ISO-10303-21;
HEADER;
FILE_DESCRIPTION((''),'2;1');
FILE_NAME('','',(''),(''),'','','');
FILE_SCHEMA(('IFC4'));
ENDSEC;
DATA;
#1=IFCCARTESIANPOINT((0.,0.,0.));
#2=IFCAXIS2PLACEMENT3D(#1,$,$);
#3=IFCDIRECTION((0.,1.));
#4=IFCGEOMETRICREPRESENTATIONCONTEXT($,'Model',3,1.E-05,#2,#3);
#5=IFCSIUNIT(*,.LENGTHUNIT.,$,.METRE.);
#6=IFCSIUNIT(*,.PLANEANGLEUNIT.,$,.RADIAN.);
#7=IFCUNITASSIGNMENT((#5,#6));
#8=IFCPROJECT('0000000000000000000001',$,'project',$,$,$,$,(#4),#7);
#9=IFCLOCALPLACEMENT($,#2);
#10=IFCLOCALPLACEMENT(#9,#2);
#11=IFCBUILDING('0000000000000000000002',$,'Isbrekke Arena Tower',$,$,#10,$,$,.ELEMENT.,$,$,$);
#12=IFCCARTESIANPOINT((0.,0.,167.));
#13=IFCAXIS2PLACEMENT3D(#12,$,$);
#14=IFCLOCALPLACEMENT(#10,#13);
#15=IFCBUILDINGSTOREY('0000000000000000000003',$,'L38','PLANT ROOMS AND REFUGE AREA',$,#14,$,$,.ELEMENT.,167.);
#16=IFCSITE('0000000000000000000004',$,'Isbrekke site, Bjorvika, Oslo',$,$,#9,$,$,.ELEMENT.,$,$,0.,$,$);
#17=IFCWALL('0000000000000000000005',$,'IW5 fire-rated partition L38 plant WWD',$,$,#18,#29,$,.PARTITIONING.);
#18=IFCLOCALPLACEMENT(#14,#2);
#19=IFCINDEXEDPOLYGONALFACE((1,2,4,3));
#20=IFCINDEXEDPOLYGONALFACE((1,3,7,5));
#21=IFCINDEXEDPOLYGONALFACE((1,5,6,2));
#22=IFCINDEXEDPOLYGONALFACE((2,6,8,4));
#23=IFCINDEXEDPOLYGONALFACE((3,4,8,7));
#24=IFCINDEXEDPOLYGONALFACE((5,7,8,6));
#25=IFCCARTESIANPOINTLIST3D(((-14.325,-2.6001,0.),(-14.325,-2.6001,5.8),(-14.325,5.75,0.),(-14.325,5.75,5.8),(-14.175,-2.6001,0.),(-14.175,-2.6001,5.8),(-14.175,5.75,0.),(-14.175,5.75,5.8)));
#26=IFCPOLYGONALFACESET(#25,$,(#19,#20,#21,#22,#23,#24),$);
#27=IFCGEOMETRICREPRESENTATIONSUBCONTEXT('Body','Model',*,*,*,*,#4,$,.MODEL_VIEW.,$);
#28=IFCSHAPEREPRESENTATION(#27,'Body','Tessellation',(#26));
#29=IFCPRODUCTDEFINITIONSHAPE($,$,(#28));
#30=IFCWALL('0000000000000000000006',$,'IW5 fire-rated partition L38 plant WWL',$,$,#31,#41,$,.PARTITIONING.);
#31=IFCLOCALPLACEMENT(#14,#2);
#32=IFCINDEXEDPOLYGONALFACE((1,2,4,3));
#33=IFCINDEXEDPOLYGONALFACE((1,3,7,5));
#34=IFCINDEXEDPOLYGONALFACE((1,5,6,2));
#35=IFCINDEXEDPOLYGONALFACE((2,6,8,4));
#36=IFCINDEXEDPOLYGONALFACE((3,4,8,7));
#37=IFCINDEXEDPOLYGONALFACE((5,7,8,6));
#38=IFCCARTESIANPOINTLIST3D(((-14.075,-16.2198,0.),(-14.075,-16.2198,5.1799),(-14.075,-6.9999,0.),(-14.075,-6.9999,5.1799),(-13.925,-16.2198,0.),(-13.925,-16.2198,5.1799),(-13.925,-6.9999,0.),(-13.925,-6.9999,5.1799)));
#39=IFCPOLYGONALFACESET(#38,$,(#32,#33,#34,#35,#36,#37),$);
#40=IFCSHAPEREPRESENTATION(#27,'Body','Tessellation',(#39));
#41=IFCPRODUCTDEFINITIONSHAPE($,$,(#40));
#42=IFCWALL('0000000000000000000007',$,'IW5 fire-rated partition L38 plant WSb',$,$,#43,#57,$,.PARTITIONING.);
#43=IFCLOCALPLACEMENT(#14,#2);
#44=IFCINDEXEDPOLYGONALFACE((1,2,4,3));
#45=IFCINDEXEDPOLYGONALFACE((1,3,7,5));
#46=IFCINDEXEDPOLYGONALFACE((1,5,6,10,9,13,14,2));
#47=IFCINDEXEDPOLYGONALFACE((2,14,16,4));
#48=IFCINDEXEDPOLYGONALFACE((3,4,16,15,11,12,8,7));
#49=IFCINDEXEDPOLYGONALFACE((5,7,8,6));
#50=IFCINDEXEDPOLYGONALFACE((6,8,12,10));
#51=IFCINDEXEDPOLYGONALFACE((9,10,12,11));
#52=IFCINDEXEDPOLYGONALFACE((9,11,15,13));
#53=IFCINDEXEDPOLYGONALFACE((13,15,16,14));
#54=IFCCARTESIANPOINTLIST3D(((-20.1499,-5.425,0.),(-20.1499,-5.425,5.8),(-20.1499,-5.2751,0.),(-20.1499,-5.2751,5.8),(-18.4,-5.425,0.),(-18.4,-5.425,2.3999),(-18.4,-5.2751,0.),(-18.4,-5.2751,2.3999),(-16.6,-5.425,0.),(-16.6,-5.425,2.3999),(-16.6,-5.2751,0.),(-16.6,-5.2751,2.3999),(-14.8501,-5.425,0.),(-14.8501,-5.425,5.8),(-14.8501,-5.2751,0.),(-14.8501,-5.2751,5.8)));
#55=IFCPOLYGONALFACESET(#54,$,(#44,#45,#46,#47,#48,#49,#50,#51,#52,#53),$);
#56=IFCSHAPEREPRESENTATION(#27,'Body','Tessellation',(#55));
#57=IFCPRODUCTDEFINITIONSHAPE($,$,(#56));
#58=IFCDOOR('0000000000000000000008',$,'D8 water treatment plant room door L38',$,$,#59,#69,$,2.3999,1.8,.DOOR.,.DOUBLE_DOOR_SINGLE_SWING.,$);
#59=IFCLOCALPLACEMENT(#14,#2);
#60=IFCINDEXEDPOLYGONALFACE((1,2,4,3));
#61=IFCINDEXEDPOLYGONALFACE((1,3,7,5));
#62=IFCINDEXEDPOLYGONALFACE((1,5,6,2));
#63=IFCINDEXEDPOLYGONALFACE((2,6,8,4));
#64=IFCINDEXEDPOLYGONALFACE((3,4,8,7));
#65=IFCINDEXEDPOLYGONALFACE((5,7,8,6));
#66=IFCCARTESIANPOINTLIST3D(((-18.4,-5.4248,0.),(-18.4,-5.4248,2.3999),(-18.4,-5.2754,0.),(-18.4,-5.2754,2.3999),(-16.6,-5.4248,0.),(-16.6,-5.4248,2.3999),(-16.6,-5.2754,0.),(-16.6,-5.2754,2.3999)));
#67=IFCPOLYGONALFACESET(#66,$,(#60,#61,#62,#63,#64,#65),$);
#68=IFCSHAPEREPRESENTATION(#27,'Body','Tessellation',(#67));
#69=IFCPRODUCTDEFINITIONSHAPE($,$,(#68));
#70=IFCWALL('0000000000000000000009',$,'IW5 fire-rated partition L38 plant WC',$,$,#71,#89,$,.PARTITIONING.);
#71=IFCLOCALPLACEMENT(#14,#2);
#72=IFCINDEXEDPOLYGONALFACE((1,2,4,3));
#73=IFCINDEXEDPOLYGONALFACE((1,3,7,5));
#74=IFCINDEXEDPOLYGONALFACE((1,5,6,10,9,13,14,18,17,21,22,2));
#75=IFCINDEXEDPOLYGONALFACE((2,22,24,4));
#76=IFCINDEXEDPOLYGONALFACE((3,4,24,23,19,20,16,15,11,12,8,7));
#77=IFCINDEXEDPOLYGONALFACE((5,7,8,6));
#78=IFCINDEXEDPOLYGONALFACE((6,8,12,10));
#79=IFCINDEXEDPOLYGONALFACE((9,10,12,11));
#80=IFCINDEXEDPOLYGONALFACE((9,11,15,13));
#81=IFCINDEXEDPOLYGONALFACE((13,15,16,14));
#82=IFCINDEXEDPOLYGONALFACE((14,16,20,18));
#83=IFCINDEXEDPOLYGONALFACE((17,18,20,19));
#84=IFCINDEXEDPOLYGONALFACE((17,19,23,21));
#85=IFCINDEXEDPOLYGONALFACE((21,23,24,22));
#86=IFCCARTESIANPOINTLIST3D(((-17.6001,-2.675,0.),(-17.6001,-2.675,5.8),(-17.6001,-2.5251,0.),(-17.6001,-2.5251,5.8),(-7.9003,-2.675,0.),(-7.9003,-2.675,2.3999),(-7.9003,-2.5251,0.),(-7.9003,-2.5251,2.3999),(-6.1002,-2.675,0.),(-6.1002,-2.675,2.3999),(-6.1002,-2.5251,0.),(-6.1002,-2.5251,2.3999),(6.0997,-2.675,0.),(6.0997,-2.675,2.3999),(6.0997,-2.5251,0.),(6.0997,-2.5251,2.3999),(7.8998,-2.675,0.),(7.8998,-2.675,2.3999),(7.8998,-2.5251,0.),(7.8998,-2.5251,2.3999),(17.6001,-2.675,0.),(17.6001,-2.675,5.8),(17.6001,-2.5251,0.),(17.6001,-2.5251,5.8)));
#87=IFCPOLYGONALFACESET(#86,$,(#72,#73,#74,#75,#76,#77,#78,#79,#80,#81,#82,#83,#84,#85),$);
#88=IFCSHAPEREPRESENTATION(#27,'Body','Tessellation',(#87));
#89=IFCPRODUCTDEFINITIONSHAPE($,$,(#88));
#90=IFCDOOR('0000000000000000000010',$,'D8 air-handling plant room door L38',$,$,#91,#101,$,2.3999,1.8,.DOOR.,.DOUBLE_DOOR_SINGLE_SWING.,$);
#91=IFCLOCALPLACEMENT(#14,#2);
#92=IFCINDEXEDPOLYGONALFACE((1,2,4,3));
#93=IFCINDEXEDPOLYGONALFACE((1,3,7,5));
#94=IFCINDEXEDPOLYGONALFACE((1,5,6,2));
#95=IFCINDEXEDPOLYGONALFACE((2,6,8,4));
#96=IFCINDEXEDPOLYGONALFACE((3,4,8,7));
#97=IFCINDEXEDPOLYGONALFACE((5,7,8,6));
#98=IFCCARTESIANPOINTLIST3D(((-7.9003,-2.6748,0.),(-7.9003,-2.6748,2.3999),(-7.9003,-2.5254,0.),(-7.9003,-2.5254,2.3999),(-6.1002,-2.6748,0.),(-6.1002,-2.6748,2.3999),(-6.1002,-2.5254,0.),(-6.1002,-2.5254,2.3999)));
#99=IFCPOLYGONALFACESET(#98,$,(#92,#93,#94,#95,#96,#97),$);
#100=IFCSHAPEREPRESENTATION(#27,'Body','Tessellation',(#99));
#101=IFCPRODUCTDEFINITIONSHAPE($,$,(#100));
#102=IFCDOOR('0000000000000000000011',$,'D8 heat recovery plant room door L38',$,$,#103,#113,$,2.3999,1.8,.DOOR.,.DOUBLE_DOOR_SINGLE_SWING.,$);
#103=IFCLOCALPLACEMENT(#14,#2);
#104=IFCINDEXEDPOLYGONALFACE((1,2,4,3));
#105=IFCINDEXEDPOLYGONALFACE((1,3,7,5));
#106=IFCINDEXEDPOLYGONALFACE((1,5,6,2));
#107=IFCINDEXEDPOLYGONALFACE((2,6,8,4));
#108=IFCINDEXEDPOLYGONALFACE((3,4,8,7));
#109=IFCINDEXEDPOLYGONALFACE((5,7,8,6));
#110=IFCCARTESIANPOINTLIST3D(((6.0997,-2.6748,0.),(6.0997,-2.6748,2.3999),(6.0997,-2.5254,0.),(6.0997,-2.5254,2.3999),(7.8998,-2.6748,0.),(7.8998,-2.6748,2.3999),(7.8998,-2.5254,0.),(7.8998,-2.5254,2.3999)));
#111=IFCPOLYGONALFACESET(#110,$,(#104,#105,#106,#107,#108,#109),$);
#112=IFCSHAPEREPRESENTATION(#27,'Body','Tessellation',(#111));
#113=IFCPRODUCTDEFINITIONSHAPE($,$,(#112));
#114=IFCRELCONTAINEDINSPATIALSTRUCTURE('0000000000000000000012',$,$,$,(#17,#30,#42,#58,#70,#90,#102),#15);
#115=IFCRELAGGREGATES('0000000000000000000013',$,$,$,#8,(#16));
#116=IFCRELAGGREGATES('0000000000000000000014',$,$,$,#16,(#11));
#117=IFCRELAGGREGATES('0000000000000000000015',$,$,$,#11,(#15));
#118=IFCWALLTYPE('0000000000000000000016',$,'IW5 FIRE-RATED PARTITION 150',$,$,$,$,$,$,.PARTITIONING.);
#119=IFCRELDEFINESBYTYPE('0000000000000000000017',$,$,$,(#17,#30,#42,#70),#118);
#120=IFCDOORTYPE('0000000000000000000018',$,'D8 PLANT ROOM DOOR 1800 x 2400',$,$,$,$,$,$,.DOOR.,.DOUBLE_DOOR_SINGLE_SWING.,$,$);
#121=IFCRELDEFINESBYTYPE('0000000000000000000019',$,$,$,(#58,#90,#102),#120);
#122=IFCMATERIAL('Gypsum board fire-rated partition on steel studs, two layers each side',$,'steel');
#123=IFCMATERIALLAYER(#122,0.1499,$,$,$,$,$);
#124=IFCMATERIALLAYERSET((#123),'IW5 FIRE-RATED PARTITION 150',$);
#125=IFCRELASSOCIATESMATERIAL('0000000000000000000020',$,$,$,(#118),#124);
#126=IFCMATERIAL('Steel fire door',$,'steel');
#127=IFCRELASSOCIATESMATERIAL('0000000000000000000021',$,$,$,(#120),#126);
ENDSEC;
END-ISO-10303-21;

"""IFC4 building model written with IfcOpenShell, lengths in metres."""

from ifc_helpers import new_model, si_unit, direction, frame, frame_2d, origin, place, context, subcontext, project, spatial, rectangle, extrude, material, layer, layer_set, type_object, element, fill, save


model = new_model("IFC4")

# Units and contexts
model_context = context("Model", 3, precision=1e-05, world=origin(), true_north=direction((0.0, 1.0)))
body_context = subcontext(model_context, "Body", "Model", "MODEL_VIEW")
ifc_project = project(units=[si_unit("LENGTHUNIT", "METRE"), si_unit("PLANEANGLEUNIT", "RADIAN")], contexts=[model_context])

# Site, building, storey
site_placement = place(None, origin())
site = spatial("IfcSite", under=ifc_project, at=site_placement, Name="Isbrekke site, Bjorvika, Oslo", CompositionType="ELEMENT", RefElevation=0.0)
building_placement = place(site_placement, origin())
building = spatial("IfcBuilding", under=site, at=building_placement, Name="Isbrekke Arena Tower", CompositionType="ELEMENT")
storey_placement = place(building_placement, frame((0.0, 0.0, 167.0)))
storey = spatial("IfcBuildingStorey", under=building, at=storey_placement, Name="L38", Description="PLANT ROOMS AND REFUGE AREA", CompositionType="ELEMENT", Elevation=167.0)

# Shared definitions
ifc_material_1 = material(Name="Gypsum board fire-rated partition on steel studs, two layers each side", Category="steel")
ifc_layer_1 = layer(ifc_material_1, 0.1499)
ifc_layer_set_1 = layer_set([ifc_layer_1], Name="IW5 FIRE-RATED PARTITION 150")
wall_type = type_object("IfcWallType", Name="IW5 FIRE-RATED PARTITION 150", PredefinedType="PARTITIONING", material=ifc_layer_set_1)
ifc_material_2 = material(Name="Steel fire door", Category="steel")
door_type = type_object("IfcDoorType", Name="D8 PLANT ROOM DOOR 1800 x 2400", OperationType="DOUBLE_DOOR_SINGLE_SWING", PredefinedType="DOOR", material=ifc_material_2)

# Walls
wall_1_placement = place(storey_placement, frame((-14.25, -2.6001, 0.0), z_axis=(0.0, 0.0, 1.0), x_axis=(0.0, 1.0, 0.0)))
element("IfcWall", 1, at=wall_1_placement, inside=storey, type_object=wall_type, Name="IW5 fire-rated partition L38 plant WWD", PredefinedType="PARTITIONING", context=body_context, shape_type="SweptSolid", body=[
    extrude(rectangle(XDim=8.3501, YDim=0.1499, at=frame_2d((4.175, 0.0))), origin(), (0.0, 0.0, 1.0), 5.8),
])
wall_2_placement = place(storey_placement, frame((-14.0, -7.0, 0.0), z_axis=(0.0, 0.0, 1.0), x_axis=(0.0, -1.0, 0.0)))
element("IfcWall", 2, at=wall_2_placement, inside=storey, type_object=wall_type, Name="IW5 fire-rated partition L38 plant WWL", PredefinedType="PARTITIONING", context=body_context, shape_type="SweptSolid", body=[
    extrude(rectangle(XDim=9.22, YDim=0.1499, at=frame_2d((4.6099, 0.0))), origin(), (0.0, 0.0, 1.0), 5.1799),
])

# Wall, opening, door
wall_3_placement = place(storey_placement, frame((-20.1499, -5.3501, 0.0), z_axis=(0.0, 0.0, 1.0), x_axis=(1.0, 0.0, 0.0)))
wall_3 = element("IfcWall", 3, at=wall_3_placement, inside=storey, type_object=wall_type, Name="IW5 fire-rated partition L38 plant WSb", PredefinedType="PARTITIONING", context=body_context, shape_type="SweptSolid", body=[
    extrude(rectangle(XDim=5.2998, YDim=0.1499, at=frame_2d((2.6499, 0.0))), origin(), (0.0, 0.0, 1.0), 5.8),
])
opening_1_placement = place(wall_3_placement, frame((1.75, 0.0, 0.0)))
opening_1 = element("IfcOpeningElement", 4, at=opening_1_placement, cuts=wall_3, PredefinedType="OPENING", context=body_context, shape_type="SweptSolid", body=[
    extrude(rectangle(XDim=1.8, YDim=2.3999, at=frame_2d((0.8999, 1.2))), frame((0.0, 0.0898, 0.0), z_axis=(0.0, -1.0, 0.0), x_axis=(1.0, 0.0, 0.0)), (0.0, 0.0, 1.0), 0.1797),
])
door_1_placement = place(opening_1_placement, origin())
door_1 = element("IfcDoor", 5, at=door_1_placement, inside=storey, type_object=door_type, Name="D8 water treatment plant room door L38", OperationType="DOUBLE_DOOR_SINGLE_SWING", OverallHeight=2.3999, OverallWidth=1.8, PredefinedType="DOOR", context=body_context, shape_type="SweptSolid", body=[
    extrude(rectangle(XDim=1.8, YDim=2.3999, at=frame_2d((0.8999, 1.2))), frame((0.0, 0.0747, 0.0), z_axis=(0.0, -1.0, 0.0), x_axis=(1.0, 0.0, 0.0)), (0.0, 0.0, 1.0), 0.1494),
])
fill(opening_1, door_1)

# Wall, openings, doors
wall_4_placement = place(storey_placement, frame((-17.6001, -2.6001, 0.0), z_axis=(0.0, 0.0, 1.0), x_axis=(1.0, 0.0, 0.0)))
wall_4 = element("IfcWall", 6, at=wall_4_placement, inside=storey, type_object=wall_type, Name="IW5 fire-rated partition L38 plant WC", PredefinedType="PARTITIONING", context=body_context, shape_type="SweptSolid", body=[
    extrude(rectangle(XDim=35.2002, YDim=0.1499, at=frame_2d((17.6001, 0.0))), origin(), (0.0, 0.0, 1.0), 5.8),
])
opening_2_placement = place(wall_4_placement, frame((9.7, 0.0, 0.0)))
opening_2 = element("IfcOpeningElement", 7, at=opening_2_placement, cuts=wall_4, PredefinedType="OPENING", context=body_context, shape_type="SweptSolid", body=[
    extrude(rectangle(XDim=1.8, YDim=2.3999, at=frame_2d((0.8999, 1.2))), frame((0.0, 0.0898, 0.0), z_axis=(0.0, -1.0, 0.0), x_axis=(1.0, 0.0, 0.0)), (0.0, 0.0, 1.0), 0.1797),
])
opening_3_placement = place(wall_4_placement, frame((23.7, 0.0, 0.0)))
opening_3 = element("IfcOpeningElement", 8, at=opening_3_placement, cuts=wall_4, PredefinedType="OPENING", context=body_context, shape_type="SweptSolid", body=[
    extrude(rectangle(XDim=1.8, YDim=2.3999, at=frame_2d((0.8999, 1.2))), frame((0.0, 0.0898, 0.0), z_axis=(0.0, -1.0, 0.0), x_axis=(1.0, 0.0, 0.0)), (0.0, 0.0, 1.0), 0.1797),
])
door_2_placement = place(opening_2_placement, origin())
door_2 = element("IfcDoor", 9, at=door_2_placement, inside=storey, type_object=door_type, Name="D8 air-handling plant room door L38", OperationType="DOUBLE_DOOR_SINGLE_SWING", OverallHeight=2.3999, OverallWidth=1.8, PredefinedType="DOOR", context=body_context, shape_type="SweptSolid", body=[
    extrude(rectangle(XDim=1.8, YDim=2.3999, at=frame_2d((0.8999, 1.2))), frame((0.0, 0.0747, 0.0), z_axis=(0.0, -1.0, 0.0), x_axis=(1.0, 0.0, 0.0)), (0.0, 0.0, 1.0), 0.1494),
])
fill(opening_2, door_2)
door_3_placement = place(opening_3_placement, origin())
door_3 = element("IfcDoor", 10, at=door_3_placement, inside=storey, type_object=door_type, Name="D8 heat recovery plant room door L38", OperationType="DOUBLE_DOOR_SINGLE_SWING", OverallHeight=2.3999, OverallWidth=1.8, PredefinedType="DOOR", context=body_context, shape_type="SweptSolid", body=[
    extrude(rectangle(XDim=1.8, YDim=2.3999, at=frame_2d((0.8999, 1.2))), frame((0.0, 0.0747, 0.0), z_axis=(0.0, -1.0, 0.0), x_axis=(1.0, 0.0, 0.0)), (0.0, 0.0, 1.0), 0.1494),
])
fill(opening_3, door_3)

save(model, "model.ifc")
